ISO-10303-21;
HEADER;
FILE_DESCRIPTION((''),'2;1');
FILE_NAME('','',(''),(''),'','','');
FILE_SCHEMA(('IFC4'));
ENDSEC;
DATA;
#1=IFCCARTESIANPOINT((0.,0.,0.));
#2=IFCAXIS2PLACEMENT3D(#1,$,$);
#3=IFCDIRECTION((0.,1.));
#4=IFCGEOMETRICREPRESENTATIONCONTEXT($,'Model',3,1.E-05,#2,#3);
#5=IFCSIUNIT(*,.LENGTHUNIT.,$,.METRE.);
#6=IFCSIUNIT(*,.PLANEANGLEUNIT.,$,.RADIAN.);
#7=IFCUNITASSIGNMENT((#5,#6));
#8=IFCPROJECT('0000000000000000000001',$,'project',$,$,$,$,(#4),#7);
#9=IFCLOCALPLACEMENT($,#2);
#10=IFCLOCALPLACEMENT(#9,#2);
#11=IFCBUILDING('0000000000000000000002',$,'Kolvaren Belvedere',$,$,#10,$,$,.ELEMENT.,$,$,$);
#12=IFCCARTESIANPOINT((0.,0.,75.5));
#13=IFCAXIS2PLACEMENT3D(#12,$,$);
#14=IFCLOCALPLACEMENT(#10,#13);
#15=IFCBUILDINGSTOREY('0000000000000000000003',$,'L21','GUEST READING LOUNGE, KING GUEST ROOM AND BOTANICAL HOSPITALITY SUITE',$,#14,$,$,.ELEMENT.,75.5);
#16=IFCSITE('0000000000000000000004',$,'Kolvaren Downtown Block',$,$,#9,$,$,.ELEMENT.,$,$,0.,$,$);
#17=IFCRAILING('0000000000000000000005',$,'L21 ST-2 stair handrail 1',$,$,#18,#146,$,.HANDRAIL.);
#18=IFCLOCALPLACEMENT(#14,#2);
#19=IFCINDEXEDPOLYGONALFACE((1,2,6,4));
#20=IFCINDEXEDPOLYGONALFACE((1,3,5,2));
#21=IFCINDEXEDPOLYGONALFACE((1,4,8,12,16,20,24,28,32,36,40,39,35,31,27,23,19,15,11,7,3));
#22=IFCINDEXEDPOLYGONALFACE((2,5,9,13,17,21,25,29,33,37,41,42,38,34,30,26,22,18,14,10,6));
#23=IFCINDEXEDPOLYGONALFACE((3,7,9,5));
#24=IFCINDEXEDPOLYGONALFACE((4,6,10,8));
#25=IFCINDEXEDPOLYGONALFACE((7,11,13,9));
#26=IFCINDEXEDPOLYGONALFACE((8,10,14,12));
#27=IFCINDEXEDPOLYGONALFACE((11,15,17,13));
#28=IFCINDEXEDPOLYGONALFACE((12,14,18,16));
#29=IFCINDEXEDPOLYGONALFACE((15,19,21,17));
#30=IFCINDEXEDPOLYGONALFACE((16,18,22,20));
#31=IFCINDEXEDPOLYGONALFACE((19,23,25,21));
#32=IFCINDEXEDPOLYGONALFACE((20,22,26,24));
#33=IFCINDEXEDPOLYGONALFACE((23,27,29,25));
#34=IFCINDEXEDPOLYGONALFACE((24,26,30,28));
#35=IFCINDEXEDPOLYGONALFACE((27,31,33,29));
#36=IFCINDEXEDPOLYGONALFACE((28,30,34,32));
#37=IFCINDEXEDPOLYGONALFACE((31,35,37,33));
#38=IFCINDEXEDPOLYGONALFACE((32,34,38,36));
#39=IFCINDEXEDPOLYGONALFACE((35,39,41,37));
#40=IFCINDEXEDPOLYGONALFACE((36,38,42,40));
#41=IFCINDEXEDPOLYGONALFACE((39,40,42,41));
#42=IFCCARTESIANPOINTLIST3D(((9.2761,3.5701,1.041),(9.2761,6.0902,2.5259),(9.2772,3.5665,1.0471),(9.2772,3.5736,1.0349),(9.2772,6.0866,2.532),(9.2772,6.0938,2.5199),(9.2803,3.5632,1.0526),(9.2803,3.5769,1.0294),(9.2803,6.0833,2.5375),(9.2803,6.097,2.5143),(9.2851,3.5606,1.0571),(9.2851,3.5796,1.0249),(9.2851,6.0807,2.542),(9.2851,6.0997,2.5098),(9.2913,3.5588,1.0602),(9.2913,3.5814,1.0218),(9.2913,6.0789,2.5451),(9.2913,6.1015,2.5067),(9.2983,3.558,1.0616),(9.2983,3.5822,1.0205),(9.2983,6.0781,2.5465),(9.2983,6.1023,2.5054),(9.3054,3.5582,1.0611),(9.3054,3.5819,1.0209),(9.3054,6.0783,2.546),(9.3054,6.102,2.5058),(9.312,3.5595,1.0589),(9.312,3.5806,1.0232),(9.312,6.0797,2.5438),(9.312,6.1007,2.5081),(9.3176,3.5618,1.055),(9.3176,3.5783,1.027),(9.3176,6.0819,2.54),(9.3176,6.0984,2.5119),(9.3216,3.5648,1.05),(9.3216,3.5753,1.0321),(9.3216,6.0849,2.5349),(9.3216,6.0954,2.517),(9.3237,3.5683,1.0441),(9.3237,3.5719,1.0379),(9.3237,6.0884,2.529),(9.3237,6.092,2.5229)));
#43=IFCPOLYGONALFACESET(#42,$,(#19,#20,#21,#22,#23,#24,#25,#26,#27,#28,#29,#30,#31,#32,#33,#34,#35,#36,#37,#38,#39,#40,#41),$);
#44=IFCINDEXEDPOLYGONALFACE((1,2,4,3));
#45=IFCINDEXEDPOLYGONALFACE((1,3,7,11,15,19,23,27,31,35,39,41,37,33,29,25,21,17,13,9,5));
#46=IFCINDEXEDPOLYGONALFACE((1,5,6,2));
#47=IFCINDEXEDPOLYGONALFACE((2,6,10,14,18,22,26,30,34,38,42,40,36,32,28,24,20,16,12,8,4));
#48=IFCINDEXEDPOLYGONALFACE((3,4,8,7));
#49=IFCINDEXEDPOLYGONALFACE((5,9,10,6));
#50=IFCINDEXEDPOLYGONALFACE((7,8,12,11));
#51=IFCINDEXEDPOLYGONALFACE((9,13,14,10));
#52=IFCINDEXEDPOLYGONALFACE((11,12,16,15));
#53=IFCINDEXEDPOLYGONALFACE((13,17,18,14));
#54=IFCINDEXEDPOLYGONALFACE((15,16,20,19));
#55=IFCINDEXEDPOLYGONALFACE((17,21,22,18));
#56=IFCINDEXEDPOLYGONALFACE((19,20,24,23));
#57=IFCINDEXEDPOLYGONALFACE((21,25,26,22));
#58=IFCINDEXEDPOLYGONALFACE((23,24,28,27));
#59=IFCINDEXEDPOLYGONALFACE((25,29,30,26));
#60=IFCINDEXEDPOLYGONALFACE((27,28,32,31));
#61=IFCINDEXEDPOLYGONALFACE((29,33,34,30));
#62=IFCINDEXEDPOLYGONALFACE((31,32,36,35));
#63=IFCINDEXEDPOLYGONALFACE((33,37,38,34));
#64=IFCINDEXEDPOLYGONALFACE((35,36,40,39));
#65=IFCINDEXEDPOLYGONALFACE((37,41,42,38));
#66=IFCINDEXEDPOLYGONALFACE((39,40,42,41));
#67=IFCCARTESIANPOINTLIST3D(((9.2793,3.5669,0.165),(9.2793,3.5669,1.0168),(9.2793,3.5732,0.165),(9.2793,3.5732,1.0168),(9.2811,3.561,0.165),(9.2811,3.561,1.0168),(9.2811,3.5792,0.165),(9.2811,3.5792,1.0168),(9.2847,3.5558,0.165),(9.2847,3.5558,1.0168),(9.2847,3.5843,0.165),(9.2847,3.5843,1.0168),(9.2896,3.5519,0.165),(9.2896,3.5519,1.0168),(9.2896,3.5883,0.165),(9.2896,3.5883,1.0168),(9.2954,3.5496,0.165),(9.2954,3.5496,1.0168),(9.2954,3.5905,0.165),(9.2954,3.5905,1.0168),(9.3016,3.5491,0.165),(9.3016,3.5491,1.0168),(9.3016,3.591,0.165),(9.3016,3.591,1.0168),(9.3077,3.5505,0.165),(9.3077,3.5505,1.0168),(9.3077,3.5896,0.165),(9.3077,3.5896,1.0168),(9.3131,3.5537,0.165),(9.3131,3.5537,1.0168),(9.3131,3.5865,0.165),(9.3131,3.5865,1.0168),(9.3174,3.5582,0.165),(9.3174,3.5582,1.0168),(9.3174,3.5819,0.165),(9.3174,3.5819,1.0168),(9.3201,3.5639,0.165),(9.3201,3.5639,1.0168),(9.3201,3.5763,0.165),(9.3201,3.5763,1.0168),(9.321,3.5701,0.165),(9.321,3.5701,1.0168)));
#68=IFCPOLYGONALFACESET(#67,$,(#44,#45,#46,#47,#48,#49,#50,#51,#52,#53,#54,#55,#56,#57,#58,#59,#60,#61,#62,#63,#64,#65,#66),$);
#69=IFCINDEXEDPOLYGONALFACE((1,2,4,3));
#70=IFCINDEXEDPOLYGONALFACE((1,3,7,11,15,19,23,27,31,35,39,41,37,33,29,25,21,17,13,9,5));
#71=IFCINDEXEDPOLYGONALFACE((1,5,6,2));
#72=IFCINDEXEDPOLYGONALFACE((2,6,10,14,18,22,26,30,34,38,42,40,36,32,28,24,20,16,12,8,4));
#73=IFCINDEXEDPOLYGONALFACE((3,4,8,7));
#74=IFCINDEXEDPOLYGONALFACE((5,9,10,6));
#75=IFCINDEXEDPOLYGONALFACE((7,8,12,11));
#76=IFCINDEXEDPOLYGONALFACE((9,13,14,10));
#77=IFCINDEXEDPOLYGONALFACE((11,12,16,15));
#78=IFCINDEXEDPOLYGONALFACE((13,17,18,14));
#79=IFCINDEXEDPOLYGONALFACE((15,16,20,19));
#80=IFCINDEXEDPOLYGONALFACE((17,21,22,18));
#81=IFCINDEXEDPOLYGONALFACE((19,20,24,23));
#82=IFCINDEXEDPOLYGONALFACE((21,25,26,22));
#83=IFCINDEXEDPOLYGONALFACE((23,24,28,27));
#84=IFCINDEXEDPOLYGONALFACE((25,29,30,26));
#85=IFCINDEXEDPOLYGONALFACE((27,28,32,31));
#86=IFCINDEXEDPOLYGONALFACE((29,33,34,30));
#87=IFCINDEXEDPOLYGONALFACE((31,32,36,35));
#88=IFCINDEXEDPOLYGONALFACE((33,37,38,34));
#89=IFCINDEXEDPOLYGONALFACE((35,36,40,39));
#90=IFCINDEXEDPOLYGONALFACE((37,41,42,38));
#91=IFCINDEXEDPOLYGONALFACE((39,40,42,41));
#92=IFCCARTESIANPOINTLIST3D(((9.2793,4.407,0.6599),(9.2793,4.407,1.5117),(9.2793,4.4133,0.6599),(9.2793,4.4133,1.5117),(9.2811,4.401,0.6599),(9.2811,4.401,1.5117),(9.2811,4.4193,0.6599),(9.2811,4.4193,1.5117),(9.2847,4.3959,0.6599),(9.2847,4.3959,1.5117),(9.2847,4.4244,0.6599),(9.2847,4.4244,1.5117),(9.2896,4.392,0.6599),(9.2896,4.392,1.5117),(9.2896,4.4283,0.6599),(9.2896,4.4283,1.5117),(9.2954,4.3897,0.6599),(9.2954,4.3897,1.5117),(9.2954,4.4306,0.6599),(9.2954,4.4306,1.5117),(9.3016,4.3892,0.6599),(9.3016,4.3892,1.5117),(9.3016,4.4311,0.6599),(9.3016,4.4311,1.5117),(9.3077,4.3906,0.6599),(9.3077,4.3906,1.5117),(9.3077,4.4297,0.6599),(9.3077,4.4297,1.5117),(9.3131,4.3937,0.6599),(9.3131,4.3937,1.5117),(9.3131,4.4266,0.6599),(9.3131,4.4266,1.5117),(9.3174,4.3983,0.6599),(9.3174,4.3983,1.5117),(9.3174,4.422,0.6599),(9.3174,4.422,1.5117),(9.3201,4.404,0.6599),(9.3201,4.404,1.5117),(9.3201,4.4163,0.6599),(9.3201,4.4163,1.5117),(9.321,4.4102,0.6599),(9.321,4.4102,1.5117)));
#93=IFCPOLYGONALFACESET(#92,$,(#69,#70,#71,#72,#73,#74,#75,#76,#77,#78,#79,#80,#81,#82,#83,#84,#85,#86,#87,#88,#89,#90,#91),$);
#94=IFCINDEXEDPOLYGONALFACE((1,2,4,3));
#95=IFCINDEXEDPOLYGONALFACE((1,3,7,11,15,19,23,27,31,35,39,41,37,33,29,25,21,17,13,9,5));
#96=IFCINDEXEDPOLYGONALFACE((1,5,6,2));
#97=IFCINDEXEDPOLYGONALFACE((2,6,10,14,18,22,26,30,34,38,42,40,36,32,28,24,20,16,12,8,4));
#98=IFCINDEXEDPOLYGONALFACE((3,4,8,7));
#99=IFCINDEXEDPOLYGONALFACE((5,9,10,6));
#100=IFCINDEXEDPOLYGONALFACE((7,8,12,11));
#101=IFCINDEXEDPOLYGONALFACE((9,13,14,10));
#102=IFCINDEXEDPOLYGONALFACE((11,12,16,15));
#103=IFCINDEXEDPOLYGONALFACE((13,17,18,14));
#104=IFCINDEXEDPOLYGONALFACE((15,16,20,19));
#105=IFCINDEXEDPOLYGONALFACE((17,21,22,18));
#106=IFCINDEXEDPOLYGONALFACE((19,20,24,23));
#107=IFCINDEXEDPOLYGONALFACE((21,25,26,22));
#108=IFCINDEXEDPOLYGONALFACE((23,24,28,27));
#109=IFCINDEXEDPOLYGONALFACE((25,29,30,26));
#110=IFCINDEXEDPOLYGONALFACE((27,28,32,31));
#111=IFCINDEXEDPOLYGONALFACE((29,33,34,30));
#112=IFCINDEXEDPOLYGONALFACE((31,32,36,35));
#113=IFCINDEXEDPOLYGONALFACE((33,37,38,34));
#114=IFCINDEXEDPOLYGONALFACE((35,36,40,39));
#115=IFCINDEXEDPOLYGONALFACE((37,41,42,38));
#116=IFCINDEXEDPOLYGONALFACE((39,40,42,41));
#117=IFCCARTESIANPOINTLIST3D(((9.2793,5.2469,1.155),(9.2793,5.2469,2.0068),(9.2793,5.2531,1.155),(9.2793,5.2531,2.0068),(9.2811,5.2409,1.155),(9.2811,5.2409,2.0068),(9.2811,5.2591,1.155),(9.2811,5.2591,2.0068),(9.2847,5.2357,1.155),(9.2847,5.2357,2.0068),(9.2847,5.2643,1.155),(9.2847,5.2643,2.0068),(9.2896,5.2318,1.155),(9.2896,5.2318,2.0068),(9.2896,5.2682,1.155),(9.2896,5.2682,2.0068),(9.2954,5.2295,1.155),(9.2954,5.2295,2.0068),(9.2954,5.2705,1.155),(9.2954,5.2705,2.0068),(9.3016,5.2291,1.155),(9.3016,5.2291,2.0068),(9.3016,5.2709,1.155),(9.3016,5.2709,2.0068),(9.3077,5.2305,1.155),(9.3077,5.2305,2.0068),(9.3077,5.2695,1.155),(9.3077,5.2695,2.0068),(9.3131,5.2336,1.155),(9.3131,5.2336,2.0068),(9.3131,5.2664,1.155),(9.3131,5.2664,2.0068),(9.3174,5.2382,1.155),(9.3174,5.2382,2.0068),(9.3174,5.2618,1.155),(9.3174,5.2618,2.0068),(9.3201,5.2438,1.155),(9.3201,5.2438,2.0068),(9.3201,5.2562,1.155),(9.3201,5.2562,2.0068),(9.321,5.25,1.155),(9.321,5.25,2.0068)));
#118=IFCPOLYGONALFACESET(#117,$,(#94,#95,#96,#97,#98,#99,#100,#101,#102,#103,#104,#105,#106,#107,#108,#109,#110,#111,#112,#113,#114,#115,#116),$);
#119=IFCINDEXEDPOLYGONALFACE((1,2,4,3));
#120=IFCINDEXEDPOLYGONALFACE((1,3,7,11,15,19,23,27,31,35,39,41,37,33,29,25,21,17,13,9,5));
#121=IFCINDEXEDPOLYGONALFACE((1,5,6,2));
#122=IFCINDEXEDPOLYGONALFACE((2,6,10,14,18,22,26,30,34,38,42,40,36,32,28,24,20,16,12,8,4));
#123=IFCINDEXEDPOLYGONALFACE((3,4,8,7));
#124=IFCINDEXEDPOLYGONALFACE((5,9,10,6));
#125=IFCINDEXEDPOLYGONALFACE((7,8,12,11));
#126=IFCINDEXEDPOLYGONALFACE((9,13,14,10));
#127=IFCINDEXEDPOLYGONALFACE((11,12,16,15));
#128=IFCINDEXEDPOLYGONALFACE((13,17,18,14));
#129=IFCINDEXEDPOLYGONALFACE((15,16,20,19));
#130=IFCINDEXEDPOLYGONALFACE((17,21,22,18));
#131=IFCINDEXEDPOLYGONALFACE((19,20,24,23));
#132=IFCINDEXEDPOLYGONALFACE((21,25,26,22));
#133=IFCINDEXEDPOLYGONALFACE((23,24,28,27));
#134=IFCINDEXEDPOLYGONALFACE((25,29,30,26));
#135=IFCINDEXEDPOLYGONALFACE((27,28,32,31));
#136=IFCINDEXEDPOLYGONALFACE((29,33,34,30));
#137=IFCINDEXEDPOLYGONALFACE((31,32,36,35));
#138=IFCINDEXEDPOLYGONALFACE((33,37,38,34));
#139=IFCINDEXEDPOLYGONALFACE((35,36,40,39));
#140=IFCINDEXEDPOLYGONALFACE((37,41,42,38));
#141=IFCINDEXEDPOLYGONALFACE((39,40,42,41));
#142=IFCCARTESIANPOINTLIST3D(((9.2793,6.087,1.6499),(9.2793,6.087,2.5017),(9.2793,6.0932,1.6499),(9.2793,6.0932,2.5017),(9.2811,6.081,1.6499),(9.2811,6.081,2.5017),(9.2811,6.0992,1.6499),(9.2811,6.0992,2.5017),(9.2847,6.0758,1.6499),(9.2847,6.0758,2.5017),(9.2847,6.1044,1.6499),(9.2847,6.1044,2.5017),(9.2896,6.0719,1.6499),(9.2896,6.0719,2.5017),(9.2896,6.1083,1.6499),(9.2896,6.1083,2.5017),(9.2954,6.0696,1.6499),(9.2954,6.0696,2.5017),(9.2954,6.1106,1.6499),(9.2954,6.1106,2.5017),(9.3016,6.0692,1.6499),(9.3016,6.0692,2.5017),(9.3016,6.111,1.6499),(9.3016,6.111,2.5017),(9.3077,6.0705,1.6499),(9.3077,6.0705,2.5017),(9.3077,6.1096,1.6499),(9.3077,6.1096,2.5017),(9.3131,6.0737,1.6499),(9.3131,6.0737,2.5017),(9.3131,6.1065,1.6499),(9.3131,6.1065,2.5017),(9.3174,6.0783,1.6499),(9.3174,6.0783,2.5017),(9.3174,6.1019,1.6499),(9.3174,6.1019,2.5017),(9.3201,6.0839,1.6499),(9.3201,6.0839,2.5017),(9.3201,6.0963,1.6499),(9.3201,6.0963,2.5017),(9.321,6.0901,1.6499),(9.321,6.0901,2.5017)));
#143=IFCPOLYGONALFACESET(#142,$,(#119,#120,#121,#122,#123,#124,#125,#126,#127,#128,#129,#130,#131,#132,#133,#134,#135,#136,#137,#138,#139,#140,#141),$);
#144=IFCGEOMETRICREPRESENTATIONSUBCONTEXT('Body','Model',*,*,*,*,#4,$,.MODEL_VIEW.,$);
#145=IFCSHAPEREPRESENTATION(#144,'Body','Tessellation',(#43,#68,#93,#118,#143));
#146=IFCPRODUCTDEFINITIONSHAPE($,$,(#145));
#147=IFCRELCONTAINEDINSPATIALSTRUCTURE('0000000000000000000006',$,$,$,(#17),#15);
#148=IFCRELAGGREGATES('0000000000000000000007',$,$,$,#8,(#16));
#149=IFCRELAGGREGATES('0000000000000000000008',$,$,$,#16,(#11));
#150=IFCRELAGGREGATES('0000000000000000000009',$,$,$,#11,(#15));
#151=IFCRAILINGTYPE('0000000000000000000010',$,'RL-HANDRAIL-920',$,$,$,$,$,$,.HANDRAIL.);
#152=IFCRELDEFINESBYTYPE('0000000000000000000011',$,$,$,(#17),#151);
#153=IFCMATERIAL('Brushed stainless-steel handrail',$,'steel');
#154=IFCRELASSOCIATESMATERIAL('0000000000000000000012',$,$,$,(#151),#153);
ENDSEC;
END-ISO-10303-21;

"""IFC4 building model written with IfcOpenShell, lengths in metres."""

from ifc_helpers import new_model, si_unit, direction, frame, origin, origin_2d, place, context, subcontext, project, spatial, circle, extrude, material, type_object, element, save


model = new_model("IFC4")

# Units and contexts
model_context = context("Model", 3, precision=1e-05, world=origin(), true_north=direction((0.0, 1.0)))
body_context = subcontext(model_context, "Body", "Model", "MODEL_VIEW")
ifc_project = project(units=[si_unit("LENGTHUNIT", "METRE"), si_unit("PLANEANGLEUNIT", "RADIAN")], contexts=[model_context])

# Site, building, storey
site_placement = place(None, origin())
site = spatial("IfcSite", under=ifc_project, at=site_placement, Name="Kolvaren Downtown Block", CompositionType="ELEMENT", RefElevation=0.0)
building_placement = place(site_placement, origin())
building = spatial("IfcBuilding", under=site, at=building_placement, Name="Kolvaren Belvedere", CompositionType="ELEMENT")
storey_placement = place(building_placement, frame((0.0, 0.0, 75.5)))
storey = spatial("IfcBuildingStorey", under=building, at=storey_placement, Name="L21", Description="GUEST READING LOUNGE, KING GUEST ROOM AND BOTANICAL HOSPITALITY SUITE", CompositionType="ELEMENT", Elevation=75.5)

# Railing
ifc_material_1 = material(Name="Brushed stainless-steel handrail", Category="steel")
railing_type_1 = type_object("IfcRailingType", Name="RL-HANDRAIL-920", PredefinedType="HANDRAIL", material=ifc_material_1)
railing_1_placement = place(storey_placement, frame((9.3, 3.5701, 0.165)))
element("IfcRailing", 1, at=railing_1_placement, inside=storey, type_object=railing_type_1, Name="L21 ST-2 stair handrail 1", PredefinedType="HANDRAIL", context=body_context, shape_type="SweptSolid", body=[
    extrude(circle(Radius=0.0239, at=origin_2d()), frame((0.0, 0.0, 0.876), z_axis=(0.0, 0.861561, 0.507655), x_axis=(-1.0, 0.0, 0.0)), (0.0, 0.0, 1.0), 2.925),
    extrude(circle(Radius=0.021, at=origin_2d()), origin(), (0.0, 0.0, 1.0), 0.8518),
    extrude(circle(Radius=0.021, at=origin_2d()), frame((0.0, 0.8401, 0.4949)), (0.0, 0.0, 1.0), 0.8518),
    extrude(circle(Radius=0.021, at=origin_2d()), frame((0.0, 1.6799, 0.99)), (0.0, 0.0, 1.0), 0.8518),
    extrude(circle(Radius=0.021, at=origin_2d()), frame((0.0, 2.52, 1.4849)), (0.0, 0.0, 1.0), 0.8518),
])

save(model, "model.ifc")
